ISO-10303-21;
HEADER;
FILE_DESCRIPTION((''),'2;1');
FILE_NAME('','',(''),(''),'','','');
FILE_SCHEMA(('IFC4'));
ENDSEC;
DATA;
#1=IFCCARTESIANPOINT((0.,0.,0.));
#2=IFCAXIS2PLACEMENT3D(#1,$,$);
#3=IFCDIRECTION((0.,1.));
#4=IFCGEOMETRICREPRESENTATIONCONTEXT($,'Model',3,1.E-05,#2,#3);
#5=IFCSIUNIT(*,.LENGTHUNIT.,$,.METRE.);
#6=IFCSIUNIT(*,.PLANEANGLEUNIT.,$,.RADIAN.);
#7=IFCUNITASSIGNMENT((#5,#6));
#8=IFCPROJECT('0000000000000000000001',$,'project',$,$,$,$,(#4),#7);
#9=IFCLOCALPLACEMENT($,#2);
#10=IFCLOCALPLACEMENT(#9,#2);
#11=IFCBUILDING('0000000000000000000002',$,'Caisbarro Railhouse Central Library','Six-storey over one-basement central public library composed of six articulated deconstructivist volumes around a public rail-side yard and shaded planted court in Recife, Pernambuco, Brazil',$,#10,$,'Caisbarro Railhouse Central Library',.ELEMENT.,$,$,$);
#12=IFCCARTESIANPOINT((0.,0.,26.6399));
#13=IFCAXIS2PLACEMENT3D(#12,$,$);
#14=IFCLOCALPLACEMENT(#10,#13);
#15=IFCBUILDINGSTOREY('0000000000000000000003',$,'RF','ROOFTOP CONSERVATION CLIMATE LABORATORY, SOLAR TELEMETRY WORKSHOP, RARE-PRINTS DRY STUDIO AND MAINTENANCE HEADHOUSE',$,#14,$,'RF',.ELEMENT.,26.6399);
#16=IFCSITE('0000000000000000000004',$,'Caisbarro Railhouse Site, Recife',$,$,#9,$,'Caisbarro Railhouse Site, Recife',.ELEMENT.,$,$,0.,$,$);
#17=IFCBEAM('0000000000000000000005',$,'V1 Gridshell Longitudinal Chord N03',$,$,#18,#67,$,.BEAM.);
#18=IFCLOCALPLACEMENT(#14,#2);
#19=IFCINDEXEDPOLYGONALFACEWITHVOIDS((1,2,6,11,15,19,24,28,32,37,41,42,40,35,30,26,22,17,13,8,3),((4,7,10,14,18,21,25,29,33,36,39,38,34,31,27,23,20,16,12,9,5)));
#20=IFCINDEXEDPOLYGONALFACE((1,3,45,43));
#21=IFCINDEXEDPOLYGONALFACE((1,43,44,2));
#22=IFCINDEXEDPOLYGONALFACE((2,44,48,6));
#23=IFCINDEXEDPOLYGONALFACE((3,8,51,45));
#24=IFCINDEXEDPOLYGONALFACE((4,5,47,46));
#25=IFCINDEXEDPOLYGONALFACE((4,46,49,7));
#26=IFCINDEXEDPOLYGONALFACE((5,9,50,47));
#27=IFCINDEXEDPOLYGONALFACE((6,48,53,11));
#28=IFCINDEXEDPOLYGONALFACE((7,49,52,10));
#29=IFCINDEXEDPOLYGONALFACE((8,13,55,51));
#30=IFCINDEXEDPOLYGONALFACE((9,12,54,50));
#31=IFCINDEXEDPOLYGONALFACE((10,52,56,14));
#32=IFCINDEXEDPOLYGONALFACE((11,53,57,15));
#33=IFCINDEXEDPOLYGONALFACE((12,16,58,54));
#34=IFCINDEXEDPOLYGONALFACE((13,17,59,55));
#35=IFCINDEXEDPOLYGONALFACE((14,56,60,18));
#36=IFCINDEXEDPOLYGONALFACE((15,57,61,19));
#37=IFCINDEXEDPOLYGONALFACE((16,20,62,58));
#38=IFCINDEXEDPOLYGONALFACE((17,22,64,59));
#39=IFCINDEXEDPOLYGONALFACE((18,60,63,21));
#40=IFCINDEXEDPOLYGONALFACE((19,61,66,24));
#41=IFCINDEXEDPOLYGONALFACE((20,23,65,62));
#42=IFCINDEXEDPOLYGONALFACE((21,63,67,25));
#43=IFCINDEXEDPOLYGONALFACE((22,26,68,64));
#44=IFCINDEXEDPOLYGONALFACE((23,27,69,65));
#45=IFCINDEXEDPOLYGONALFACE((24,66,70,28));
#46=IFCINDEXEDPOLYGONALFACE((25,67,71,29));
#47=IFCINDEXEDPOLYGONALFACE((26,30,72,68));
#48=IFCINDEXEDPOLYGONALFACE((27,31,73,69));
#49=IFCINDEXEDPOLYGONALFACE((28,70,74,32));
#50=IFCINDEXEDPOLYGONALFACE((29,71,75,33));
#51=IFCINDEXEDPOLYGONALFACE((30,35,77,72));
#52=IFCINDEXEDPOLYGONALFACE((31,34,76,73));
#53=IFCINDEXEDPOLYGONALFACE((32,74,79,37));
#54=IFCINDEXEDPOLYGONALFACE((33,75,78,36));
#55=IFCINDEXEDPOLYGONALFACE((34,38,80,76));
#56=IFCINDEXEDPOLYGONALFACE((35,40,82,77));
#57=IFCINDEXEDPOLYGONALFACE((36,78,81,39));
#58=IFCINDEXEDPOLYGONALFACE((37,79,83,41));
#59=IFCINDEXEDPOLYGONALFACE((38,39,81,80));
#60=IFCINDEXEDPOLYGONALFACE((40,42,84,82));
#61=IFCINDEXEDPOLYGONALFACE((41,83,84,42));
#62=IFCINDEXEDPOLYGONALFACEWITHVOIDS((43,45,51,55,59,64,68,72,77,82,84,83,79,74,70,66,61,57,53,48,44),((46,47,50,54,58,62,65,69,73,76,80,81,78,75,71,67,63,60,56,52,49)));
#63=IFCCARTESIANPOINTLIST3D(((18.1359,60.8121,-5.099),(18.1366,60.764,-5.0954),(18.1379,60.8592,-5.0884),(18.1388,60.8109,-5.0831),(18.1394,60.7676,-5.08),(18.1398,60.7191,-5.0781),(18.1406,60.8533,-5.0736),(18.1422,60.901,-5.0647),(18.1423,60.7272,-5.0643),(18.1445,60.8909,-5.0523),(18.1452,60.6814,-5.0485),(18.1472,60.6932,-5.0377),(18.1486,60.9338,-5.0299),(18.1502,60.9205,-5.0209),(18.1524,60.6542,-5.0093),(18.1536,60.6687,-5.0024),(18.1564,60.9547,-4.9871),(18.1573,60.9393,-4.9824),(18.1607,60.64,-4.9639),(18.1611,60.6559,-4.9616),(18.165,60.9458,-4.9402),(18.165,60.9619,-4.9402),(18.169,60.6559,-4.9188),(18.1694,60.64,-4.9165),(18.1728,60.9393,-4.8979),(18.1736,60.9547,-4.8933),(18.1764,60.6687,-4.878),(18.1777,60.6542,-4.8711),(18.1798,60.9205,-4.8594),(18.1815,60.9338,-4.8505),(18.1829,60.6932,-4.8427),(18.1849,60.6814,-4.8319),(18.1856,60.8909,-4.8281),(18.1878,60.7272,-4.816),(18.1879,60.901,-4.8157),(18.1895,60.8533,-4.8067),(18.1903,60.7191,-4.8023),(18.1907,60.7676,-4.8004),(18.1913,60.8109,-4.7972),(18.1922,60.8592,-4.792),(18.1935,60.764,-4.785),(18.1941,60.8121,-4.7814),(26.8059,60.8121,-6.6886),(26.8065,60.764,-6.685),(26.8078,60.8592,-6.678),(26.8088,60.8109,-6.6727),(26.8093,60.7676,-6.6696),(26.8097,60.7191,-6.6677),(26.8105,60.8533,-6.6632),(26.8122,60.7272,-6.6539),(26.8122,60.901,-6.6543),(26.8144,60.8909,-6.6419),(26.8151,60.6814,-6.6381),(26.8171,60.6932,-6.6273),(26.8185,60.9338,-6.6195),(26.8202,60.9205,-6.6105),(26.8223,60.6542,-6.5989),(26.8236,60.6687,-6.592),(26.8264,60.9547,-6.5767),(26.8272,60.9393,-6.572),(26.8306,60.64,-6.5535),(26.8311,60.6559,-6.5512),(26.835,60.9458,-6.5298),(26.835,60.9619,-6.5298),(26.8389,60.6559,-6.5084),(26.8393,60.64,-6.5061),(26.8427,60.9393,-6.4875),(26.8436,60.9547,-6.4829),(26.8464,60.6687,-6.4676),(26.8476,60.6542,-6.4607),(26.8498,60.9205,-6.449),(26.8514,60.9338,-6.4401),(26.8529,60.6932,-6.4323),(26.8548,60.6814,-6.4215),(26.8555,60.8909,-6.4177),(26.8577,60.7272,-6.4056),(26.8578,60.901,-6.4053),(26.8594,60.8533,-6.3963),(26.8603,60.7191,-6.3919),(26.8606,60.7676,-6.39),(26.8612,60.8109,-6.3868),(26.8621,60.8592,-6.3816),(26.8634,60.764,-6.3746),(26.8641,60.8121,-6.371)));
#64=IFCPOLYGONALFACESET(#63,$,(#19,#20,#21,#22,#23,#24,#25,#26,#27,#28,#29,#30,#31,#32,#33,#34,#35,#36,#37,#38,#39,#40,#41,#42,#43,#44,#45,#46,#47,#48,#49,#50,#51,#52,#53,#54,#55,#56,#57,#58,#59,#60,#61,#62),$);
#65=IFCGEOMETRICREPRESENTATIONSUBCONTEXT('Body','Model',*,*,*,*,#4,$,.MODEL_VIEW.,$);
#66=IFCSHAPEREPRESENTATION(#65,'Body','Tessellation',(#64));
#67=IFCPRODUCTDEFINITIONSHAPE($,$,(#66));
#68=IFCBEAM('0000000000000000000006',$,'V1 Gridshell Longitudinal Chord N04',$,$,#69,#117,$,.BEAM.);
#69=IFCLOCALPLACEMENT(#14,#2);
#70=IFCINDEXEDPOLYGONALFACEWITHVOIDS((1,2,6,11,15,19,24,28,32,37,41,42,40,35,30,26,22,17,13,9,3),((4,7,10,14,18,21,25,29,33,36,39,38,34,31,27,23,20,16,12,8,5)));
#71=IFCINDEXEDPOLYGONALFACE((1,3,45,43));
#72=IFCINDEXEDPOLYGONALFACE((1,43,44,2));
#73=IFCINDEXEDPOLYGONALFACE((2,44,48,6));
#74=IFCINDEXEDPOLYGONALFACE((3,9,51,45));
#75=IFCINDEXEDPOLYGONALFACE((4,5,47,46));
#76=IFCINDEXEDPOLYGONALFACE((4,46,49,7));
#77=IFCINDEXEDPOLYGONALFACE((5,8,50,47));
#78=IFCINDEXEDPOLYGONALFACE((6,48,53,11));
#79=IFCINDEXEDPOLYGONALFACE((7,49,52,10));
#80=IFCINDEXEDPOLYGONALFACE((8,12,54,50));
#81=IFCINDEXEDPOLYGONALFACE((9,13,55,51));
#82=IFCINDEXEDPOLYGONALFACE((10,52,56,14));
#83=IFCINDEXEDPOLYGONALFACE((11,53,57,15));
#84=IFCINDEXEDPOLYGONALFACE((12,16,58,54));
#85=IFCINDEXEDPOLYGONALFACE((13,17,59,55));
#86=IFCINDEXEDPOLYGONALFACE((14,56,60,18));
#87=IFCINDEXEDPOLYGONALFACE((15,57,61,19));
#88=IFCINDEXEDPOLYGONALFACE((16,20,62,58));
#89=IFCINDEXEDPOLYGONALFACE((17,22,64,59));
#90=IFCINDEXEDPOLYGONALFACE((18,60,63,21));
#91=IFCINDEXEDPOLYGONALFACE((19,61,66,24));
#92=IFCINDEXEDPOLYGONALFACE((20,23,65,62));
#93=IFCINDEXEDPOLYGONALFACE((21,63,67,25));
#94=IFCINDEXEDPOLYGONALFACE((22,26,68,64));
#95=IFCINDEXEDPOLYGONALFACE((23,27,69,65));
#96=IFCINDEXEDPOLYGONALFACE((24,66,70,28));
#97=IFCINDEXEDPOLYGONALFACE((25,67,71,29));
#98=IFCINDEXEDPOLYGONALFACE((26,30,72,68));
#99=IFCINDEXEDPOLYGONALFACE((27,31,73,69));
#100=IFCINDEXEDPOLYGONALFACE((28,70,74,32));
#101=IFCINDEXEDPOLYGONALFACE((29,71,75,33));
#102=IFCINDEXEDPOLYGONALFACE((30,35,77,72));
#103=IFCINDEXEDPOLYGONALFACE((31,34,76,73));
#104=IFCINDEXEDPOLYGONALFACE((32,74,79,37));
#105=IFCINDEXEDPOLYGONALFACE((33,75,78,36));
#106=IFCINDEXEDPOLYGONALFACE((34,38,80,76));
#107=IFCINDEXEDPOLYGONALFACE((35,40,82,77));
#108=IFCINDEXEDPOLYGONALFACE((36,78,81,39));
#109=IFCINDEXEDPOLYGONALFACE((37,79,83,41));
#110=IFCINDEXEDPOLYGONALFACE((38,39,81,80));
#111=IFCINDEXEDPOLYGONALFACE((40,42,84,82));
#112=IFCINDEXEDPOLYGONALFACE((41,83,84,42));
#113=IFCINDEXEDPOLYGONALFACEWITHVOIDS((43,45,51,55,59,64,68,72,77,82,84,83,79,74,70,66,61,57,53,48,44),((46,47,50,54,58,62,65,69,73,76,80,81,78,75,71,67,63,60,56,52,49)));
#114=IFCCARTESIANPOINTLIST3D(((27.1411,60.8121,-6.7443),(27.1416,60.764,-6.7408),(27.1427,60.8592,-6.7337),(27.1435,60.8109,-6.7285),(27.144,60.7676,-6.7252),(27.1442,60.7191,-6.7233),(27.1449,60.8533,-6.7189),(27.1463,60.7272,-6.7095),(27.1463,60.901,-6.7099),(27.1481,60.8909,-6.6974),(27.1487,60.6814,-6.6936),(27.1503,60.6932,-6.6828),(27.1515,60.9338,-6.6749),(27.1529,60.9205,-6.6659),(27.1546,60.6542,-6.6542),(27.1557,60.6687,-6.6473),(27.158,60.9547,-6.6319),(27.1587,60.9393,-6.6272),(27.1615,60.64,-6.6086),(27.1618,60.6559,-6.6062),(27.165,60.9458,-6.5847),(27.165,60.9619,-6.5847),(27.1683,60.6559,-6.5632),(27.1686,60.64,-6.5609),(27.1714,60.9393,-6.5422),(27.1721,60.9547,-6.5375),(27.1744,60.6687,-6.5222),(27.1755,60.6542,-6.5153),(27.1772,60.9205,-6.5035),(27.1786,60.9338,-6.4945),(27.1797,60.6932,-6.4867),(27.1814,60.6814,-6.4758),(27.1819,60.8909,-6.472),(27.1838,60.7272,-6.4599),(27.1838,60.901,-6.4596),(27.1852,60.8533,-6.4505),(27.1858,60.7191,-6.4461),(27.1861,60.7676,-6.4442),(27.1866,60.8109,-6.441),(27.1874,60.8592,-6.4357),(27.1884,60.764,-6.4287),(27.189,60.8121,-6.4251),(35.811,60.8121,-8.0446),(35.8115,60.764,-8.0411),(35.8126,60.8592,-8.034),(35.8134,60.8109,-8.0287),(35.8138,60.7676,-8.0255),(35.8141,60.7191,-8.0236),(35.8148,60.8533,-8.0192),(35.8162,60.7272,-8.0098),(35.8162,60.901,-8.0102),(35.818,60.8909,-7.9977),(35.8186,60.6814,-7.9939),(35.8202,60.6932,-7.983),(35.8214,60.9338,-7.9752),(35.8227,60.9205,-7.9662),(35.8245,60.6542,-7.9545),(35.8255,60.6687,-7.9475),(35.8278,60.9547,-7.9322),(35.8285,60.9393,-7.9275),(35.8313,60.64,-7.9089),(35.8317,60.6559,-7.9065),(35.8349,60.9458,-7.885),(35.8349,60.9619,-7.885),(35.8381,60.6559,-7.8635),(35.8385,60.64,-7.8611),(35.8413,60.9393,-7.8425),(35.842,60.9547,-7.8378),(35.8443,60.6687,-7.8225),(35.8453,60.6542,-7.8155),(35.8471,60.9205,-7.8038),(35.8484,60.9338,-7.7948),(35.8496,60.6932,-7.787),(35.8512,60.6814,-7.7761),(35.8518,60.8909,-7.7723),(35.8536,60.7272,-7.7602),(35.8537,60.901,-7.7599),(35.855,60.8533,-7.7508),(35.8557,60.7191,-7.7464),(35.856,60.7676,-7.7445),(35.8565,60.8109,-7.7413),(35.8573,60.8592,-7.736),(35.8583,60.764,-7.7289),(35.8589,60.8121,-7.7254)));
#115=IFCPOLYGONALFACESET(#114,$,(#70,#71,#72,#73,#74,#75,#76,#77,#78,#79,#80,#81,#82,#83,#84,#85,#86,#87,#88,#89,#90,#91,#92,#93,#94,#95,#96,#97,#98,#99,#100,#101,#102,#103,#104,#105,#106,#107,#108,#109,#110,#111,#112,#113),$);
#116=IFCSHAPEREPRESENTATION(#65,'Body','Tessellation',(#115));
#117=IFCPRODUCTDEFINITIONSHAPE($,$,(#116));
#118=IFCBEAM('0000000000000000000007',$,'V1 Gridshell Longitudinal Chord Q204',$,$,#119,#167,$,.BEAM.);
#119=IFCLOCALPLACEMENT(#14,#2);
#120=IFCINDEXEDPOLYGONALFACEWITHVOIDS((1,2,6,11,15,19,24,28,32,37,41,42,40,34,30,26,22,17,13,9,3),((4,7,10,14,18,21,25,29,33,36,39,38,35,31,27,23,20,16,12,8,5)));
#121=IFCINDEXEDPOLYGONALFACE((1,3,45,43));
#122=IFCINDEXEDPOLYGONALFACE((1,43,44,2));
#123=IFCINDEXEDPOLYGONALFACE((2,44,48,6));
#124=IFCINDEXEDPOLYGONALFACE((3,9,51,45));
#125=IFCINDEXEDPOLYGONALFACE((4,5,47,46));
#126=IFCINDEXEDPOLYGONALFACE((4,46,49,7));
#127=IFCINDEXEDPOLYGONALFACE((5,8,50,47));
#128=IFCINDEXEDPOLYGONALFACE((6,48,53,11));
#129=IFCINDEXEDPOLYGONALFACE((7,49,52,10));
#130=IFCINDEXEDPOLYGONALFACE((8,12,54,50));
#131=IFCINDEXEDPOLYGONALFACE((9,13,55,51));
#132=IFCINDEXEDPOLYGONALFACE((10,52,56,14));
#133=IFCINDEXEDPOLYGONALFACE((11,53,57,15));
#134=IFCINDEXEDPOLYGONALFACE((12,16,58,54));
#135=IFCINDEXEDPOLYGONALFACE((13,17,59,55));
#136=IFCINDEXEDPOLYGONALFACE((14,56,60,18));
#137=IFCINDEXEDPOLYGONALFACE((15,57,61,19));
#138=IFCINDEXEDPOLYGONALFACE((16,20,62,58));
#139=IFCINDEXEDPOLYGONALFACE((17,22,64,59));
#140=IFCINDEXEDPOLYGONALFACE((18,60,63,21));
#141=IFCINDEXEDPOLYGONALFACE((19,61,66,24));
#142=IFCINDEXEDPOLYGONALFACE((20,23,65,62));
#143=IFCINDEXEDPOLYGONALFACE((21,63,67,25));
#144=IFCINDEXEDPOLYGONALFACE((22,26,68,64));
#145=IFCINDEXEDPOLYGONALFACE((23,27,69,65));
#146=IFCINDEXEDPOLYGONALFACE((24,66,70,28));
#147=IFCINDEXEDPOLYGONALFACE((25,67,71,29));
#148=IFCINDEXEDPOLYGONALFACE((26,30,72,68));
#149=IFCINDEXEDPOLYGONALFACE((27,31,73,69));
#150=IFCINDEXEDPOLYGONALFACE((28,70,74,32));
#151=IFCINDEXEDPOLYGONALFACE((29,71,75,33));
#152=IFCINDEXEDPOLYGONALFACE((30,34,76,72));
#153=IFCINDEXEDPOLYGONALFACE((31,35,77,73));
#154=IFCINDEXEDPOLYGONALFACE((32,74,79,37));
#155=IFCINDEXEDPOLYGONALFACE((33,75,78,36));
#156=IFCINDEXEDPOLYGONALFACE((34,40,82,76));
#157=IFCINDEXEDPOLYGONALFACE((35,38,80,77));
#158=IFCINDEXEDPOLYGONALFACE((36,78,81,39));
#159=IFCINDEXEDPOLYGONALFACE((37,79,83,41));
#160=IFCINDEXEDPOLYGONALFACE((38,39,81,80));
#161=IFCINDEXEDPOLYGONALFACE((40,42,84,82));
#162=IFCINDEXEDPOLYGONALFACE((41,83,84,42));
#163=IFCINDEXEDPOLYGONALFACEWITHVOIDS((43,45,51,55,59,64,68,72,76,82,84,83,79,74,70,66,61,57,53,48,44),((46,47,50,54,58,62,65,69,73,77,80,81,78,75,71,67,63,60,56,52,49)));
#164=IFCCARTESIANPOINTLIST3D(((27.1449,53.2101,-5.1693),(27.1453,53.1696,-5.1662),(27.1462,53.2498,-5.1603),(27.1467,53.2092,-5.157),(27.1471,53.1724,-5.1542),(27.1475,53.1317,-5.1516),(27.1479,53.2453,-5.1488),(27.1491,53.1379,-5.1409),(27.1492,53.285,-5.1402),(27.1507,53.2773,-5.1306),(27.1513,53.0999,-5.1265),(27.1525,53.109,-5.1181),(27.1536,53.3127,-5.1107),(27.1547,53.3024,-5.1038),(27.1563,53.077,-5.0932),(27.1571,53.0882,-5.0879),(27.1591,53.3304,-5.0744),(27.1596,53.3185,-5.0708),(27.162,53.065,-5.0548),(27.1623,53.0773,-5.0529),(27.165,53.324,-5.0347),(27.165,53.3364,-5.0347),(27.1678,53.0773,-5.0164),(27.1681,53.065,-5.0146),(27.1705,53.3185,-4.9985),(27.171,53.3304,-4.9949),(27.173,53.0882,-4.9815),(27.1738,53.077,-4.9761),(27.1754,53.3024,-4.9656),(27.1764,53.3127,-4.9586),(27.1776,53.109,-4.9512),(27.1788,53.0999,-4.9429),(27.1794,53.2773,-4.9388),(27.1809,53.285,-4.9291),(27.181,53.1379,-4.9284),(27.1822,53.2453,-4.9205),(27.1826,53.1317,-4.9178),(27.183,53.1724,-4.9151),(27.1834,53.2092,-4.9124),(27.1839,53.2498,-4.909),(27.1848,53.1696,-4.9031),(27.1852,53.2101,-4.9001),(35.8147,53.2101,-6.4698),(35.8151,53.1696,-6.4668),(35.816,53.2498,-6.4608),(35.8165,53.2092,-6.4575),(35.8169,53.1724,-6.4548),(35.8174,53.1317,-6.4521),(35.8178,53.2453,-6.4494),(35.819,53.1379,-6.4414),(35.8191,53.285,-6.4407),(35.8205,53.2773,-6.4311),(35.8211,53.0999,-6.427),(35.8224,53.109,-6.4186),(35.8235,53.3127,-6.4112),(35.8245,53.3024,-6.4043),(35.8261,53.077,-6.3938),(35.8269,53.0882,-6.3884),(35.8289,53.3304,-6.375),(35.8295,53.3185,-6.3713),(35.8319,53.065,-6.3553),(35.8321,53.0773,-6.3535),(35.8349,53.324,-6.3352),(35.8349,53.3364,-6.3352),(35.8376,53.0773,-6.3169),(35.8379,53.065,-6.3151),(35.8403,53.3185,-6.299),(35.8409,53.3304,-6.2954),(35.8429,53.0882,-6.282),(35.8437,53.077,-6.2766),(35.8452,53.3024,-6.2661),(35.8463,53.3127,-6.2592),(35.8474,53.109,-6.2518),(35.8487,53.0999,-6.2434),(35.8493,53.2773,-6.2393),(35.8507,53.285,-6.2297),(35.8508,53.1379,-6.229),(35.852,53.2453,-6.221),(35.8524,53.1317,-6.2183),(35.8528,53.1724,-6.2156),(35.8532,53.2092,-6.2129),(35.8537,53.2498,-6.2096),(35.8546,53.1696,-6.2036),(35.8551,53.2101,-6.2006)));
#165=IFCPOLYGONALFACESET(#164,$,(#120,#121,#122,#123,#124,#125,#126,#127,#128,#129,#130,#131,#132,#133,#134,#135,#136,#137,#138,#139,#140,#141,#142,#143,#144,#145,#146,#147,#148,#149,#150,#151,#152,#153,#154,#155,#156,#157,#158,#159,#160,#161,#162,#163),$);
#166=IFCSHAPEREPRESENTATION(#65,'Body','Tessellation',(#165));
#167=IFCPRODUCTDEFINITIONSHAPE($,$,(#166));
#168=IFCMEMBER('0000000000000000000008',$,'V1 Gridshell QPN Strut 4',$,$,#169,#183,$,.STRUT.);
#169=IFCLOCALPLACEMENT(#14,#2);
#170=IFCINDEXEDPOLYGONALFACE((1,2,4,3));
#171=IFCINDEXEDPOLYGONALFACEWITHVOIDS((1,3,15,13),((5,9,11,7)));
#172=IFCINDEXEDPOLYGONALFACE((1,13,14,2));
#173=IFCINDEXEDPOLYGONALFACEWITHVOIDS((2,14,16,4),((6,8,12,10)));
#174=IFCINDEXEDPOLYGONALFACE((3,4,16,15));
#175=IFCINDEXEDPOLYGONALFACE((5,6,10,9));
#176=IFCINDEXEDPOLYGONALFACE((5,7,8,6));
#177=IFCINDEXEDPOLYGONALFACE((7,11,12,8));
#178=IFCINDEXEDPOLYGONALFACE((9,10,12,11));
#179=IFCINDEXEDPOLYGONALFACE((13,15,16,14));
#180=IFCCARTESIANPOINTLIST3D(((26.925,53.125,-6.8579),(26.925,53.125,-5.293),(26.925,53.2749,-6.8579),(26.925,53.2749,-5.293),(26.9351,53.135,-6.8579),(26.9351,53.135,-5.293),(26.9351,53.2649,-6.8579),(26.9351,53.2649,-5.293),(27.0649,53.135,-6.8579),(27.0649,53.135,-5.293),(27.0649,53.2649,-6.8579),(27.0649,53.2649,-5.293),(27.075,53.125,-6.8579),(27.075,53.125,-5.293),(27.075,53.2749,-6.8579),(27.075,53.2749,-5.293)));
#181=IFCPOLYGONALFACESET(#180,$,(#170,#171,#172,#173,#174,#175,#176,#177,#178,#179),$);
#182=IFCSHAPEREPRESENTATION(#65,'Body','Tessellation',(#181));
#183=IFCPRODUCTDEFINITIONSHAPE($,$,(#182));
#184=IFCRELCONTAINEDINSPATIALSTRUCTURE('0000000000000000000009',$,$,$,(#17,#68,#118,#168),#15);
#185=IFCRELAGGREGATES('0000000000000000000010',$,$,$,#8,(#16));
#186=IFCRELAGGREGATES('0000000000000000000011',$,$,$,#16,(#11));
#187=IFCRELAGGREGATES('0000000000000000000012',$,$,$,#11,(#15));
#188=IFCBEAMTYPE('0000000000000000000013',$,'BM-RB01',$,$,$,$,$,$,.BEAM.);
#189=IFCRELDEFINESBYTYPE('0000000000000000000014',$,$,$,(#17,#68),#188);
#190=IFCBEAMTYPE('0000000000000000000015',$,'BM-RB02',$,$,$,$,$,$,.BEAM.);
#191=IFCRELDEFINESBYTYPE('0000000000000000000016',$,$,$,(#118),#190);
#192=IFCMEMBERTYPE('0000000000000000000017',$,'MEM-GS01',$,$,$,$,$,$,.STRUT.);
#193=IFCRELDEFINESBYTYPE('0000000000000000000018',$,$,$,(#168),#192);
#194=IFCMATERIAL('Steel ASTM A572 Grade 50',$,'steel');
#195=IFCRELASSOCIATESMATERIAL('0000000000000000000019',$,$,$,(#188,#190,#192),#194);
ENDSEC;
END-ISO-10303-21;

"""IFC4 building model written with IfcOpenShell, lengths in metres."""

from ifc_helpers import new_model, si_unit, direction, frame, origin, origin_2d, place, context, subcontext, project, spatial, hollow_rectangle, hollow_circle, extrude, material, material_profile, profile_set, type_object, element, save


model = new_model("IFC4")

# Units and contexts
model_context = context("Model", 3, precision=1e-05, world=origin(), true_north=direction((0.0, 1.0)))
body_context = subcontext(model_context, "Body", "Model", "MODEL_VIEW")
ifc_project = project(units=[si_unit("LENGTHUNIT", "METRE"), si_unit("PLANEANGLEUNIT", "RADIAN")], contexts=[model_context])

# Site, building, storey
site_placement = place(None, origin())
site = spatial("IfcSite", under=ifc_project, at=site_placement, Name="Caisbarro Railhouse Site, Recife", LongName="Caisbarro Railhouse Site, Recife", CompositionType="ELEMENT", RefElevation=0.0)
building_placement = place(site_placement, origin())
building = spatial("IfcBuilding", under=site, at=building_placement, Name="Caisbarro Railhouse Central Library", Description="Six-storey over one-basement central public library composed of six articulated deconstructivist volumes around a public rail-side yard and shaded planted court in Recife, Pernambuco, Brazil", LongName="Caisbarro Railhouse Central Library", CompositionType="ELEMENT")
storey_placement = place(building_placement, frame((0.0, 0.0, 26.6399)))
storey = spatial("IfcBuildingStorey", under=building, at=storey_placement, Name="RF", Description="ROOFTOP CONSERVATION CLIMATE LABORATORY, SOLAR TELEMETRY WORKSHOP, RARE-PRINTS DRY STUDIO AND MAINTENANCE HEADHOUSE", LongName="RF", CompositionType="ELEMENT", Elevation=26.6399)

# Beams
ifc_material = material(Name="Steel ASTM A572 Grade 50", Category="steel")
ifc_material_profile_1 = material_profile(ifc_material, hollow_circle(Radius=0.1619, WallThickness=0.0161, at=origin_2d()), Name="CHS323.9X16.0")
ifc_profile_set_1 = profile_set([ifc_material_profile_1], Name="Steel ASTM A572 Grade 50")
beam_type_1 = type_object("IfcBeamType", Name="BM-RB01", PredefinedType="BEAM", material=ifc_profile_set_1)
beam_1_placement = place(storey_placement, frame((18.165, 60.8, -4.9402), z_axis=(0.983604, 0.0, -0.18034), x_axis=(0.0, 1.0, 0.0)))
element("IfcBeam", 1, at=beam_1_placement, inside=storey, type_object=beam_type_1, Name="V1 Gridshell Longitudinal Chord N03", PredefinedType="BEAM", context=body_context, shape_type="SweptSolid", body=[
    extrude(hollow_circle(Radius=0.1619, WallThickness=0.0161, at=origin_2d()), origin(), (0.0, 0.0, 1.0), 8.8145),
])
beam_2_placement = place(storey_placement, frame((27.165, 60.8, -6.5847), z_axis=(0.98894, 0.0, -0.148319), x_axis=(0.0, 1.0, 0.0)))
element("IfcBeam", 2, at=beam_2_placement, inside=storey, type_object=beam_type_1, Name="V1 Gridshell Longitudinal Chord N04", PredefinedType="BEAM", context=body_context, shape_type="SweptSolid", body=[
    extrude(hollow_circle(Radius=0.1619, WallThickness=0.0161, at=origin_2d()), origin(), (0.0, 0.0, 1.0), 8.7668),
])
ifc_material_profile_2 = material_profile(ifc_material, hollow_circle(Radius=0.1365, WallThickness=0.0125, at=origin_2d()), Name="CHS273.0X12.5")
ifc_profile_set_2 = profile_set([ifc_material_profile_2], Name="Steel ASTM A572 Grade 50")
beam_type_2 = type_object("IfcBeamType", Name="BM-RB02", PredefinedType="BEAM", material=ifc_profile_set_2)
beam_3_placement = place(storey_placement, frame((27.165, 53.2, -5.0347), z_axis=(0.988936, 0.0, -0.148346), x_axis=(0.0, 1.0, 0.0)))
element("IfcBeam", 3, at=beam_3_placement, inside=storey, type_object=beam_type_2, Name="V1 Gridshell Longitudinal Chord Q204", PredefinedType="BEAM", context=body_context, shape_type="SweptSolid", body=[
    extrude(hollow_circle(Radius=0.1365, WallThickness=0.0125, at=origin_2d()), origin(), (0.0, 0.0, 1.0), 8.7668),
])

# Member
ifc_material_profile_3 = material_profile(ifc_material, hollow_rectangle(XDim=0.1499, YDim=0.1499, WallThickness=0.01, at=origin_2d()), Name="HSS150X150X10")
ifc_profile_set_3 = profile_set([ifc_material_profile_3], Name="Steel ASTM A572 Grade 50")
member_type_1 = type_object("IfcMemberType", Name="MEM-GS01", PredefinedType="STRUT", material=ifc_profile_set_3)
member_1_placement = place(storey_placement, frame((27.0, 53.2, -6.8579), z_axis=(0.0, 0.0, 1.0), x_axis=(1.0, 0.0, 0.0)))
element("IfcMember", 4, at=member_1_placement, inside=storey, type_object=member_type_1, Name="V1 Gridshell QPN Strut 4", PredefinedType="STRUT", context=body_context, shape_type="SweptSolid", body=[
    extrude(hollow_rectangle(XDim=0.1499, YDim=0.1499, WallThickness=0.01, at=origin_2d()), origin(), (0.0, 0.0, 1.0), 1.5649),
])

save(model, "model.ifc")
